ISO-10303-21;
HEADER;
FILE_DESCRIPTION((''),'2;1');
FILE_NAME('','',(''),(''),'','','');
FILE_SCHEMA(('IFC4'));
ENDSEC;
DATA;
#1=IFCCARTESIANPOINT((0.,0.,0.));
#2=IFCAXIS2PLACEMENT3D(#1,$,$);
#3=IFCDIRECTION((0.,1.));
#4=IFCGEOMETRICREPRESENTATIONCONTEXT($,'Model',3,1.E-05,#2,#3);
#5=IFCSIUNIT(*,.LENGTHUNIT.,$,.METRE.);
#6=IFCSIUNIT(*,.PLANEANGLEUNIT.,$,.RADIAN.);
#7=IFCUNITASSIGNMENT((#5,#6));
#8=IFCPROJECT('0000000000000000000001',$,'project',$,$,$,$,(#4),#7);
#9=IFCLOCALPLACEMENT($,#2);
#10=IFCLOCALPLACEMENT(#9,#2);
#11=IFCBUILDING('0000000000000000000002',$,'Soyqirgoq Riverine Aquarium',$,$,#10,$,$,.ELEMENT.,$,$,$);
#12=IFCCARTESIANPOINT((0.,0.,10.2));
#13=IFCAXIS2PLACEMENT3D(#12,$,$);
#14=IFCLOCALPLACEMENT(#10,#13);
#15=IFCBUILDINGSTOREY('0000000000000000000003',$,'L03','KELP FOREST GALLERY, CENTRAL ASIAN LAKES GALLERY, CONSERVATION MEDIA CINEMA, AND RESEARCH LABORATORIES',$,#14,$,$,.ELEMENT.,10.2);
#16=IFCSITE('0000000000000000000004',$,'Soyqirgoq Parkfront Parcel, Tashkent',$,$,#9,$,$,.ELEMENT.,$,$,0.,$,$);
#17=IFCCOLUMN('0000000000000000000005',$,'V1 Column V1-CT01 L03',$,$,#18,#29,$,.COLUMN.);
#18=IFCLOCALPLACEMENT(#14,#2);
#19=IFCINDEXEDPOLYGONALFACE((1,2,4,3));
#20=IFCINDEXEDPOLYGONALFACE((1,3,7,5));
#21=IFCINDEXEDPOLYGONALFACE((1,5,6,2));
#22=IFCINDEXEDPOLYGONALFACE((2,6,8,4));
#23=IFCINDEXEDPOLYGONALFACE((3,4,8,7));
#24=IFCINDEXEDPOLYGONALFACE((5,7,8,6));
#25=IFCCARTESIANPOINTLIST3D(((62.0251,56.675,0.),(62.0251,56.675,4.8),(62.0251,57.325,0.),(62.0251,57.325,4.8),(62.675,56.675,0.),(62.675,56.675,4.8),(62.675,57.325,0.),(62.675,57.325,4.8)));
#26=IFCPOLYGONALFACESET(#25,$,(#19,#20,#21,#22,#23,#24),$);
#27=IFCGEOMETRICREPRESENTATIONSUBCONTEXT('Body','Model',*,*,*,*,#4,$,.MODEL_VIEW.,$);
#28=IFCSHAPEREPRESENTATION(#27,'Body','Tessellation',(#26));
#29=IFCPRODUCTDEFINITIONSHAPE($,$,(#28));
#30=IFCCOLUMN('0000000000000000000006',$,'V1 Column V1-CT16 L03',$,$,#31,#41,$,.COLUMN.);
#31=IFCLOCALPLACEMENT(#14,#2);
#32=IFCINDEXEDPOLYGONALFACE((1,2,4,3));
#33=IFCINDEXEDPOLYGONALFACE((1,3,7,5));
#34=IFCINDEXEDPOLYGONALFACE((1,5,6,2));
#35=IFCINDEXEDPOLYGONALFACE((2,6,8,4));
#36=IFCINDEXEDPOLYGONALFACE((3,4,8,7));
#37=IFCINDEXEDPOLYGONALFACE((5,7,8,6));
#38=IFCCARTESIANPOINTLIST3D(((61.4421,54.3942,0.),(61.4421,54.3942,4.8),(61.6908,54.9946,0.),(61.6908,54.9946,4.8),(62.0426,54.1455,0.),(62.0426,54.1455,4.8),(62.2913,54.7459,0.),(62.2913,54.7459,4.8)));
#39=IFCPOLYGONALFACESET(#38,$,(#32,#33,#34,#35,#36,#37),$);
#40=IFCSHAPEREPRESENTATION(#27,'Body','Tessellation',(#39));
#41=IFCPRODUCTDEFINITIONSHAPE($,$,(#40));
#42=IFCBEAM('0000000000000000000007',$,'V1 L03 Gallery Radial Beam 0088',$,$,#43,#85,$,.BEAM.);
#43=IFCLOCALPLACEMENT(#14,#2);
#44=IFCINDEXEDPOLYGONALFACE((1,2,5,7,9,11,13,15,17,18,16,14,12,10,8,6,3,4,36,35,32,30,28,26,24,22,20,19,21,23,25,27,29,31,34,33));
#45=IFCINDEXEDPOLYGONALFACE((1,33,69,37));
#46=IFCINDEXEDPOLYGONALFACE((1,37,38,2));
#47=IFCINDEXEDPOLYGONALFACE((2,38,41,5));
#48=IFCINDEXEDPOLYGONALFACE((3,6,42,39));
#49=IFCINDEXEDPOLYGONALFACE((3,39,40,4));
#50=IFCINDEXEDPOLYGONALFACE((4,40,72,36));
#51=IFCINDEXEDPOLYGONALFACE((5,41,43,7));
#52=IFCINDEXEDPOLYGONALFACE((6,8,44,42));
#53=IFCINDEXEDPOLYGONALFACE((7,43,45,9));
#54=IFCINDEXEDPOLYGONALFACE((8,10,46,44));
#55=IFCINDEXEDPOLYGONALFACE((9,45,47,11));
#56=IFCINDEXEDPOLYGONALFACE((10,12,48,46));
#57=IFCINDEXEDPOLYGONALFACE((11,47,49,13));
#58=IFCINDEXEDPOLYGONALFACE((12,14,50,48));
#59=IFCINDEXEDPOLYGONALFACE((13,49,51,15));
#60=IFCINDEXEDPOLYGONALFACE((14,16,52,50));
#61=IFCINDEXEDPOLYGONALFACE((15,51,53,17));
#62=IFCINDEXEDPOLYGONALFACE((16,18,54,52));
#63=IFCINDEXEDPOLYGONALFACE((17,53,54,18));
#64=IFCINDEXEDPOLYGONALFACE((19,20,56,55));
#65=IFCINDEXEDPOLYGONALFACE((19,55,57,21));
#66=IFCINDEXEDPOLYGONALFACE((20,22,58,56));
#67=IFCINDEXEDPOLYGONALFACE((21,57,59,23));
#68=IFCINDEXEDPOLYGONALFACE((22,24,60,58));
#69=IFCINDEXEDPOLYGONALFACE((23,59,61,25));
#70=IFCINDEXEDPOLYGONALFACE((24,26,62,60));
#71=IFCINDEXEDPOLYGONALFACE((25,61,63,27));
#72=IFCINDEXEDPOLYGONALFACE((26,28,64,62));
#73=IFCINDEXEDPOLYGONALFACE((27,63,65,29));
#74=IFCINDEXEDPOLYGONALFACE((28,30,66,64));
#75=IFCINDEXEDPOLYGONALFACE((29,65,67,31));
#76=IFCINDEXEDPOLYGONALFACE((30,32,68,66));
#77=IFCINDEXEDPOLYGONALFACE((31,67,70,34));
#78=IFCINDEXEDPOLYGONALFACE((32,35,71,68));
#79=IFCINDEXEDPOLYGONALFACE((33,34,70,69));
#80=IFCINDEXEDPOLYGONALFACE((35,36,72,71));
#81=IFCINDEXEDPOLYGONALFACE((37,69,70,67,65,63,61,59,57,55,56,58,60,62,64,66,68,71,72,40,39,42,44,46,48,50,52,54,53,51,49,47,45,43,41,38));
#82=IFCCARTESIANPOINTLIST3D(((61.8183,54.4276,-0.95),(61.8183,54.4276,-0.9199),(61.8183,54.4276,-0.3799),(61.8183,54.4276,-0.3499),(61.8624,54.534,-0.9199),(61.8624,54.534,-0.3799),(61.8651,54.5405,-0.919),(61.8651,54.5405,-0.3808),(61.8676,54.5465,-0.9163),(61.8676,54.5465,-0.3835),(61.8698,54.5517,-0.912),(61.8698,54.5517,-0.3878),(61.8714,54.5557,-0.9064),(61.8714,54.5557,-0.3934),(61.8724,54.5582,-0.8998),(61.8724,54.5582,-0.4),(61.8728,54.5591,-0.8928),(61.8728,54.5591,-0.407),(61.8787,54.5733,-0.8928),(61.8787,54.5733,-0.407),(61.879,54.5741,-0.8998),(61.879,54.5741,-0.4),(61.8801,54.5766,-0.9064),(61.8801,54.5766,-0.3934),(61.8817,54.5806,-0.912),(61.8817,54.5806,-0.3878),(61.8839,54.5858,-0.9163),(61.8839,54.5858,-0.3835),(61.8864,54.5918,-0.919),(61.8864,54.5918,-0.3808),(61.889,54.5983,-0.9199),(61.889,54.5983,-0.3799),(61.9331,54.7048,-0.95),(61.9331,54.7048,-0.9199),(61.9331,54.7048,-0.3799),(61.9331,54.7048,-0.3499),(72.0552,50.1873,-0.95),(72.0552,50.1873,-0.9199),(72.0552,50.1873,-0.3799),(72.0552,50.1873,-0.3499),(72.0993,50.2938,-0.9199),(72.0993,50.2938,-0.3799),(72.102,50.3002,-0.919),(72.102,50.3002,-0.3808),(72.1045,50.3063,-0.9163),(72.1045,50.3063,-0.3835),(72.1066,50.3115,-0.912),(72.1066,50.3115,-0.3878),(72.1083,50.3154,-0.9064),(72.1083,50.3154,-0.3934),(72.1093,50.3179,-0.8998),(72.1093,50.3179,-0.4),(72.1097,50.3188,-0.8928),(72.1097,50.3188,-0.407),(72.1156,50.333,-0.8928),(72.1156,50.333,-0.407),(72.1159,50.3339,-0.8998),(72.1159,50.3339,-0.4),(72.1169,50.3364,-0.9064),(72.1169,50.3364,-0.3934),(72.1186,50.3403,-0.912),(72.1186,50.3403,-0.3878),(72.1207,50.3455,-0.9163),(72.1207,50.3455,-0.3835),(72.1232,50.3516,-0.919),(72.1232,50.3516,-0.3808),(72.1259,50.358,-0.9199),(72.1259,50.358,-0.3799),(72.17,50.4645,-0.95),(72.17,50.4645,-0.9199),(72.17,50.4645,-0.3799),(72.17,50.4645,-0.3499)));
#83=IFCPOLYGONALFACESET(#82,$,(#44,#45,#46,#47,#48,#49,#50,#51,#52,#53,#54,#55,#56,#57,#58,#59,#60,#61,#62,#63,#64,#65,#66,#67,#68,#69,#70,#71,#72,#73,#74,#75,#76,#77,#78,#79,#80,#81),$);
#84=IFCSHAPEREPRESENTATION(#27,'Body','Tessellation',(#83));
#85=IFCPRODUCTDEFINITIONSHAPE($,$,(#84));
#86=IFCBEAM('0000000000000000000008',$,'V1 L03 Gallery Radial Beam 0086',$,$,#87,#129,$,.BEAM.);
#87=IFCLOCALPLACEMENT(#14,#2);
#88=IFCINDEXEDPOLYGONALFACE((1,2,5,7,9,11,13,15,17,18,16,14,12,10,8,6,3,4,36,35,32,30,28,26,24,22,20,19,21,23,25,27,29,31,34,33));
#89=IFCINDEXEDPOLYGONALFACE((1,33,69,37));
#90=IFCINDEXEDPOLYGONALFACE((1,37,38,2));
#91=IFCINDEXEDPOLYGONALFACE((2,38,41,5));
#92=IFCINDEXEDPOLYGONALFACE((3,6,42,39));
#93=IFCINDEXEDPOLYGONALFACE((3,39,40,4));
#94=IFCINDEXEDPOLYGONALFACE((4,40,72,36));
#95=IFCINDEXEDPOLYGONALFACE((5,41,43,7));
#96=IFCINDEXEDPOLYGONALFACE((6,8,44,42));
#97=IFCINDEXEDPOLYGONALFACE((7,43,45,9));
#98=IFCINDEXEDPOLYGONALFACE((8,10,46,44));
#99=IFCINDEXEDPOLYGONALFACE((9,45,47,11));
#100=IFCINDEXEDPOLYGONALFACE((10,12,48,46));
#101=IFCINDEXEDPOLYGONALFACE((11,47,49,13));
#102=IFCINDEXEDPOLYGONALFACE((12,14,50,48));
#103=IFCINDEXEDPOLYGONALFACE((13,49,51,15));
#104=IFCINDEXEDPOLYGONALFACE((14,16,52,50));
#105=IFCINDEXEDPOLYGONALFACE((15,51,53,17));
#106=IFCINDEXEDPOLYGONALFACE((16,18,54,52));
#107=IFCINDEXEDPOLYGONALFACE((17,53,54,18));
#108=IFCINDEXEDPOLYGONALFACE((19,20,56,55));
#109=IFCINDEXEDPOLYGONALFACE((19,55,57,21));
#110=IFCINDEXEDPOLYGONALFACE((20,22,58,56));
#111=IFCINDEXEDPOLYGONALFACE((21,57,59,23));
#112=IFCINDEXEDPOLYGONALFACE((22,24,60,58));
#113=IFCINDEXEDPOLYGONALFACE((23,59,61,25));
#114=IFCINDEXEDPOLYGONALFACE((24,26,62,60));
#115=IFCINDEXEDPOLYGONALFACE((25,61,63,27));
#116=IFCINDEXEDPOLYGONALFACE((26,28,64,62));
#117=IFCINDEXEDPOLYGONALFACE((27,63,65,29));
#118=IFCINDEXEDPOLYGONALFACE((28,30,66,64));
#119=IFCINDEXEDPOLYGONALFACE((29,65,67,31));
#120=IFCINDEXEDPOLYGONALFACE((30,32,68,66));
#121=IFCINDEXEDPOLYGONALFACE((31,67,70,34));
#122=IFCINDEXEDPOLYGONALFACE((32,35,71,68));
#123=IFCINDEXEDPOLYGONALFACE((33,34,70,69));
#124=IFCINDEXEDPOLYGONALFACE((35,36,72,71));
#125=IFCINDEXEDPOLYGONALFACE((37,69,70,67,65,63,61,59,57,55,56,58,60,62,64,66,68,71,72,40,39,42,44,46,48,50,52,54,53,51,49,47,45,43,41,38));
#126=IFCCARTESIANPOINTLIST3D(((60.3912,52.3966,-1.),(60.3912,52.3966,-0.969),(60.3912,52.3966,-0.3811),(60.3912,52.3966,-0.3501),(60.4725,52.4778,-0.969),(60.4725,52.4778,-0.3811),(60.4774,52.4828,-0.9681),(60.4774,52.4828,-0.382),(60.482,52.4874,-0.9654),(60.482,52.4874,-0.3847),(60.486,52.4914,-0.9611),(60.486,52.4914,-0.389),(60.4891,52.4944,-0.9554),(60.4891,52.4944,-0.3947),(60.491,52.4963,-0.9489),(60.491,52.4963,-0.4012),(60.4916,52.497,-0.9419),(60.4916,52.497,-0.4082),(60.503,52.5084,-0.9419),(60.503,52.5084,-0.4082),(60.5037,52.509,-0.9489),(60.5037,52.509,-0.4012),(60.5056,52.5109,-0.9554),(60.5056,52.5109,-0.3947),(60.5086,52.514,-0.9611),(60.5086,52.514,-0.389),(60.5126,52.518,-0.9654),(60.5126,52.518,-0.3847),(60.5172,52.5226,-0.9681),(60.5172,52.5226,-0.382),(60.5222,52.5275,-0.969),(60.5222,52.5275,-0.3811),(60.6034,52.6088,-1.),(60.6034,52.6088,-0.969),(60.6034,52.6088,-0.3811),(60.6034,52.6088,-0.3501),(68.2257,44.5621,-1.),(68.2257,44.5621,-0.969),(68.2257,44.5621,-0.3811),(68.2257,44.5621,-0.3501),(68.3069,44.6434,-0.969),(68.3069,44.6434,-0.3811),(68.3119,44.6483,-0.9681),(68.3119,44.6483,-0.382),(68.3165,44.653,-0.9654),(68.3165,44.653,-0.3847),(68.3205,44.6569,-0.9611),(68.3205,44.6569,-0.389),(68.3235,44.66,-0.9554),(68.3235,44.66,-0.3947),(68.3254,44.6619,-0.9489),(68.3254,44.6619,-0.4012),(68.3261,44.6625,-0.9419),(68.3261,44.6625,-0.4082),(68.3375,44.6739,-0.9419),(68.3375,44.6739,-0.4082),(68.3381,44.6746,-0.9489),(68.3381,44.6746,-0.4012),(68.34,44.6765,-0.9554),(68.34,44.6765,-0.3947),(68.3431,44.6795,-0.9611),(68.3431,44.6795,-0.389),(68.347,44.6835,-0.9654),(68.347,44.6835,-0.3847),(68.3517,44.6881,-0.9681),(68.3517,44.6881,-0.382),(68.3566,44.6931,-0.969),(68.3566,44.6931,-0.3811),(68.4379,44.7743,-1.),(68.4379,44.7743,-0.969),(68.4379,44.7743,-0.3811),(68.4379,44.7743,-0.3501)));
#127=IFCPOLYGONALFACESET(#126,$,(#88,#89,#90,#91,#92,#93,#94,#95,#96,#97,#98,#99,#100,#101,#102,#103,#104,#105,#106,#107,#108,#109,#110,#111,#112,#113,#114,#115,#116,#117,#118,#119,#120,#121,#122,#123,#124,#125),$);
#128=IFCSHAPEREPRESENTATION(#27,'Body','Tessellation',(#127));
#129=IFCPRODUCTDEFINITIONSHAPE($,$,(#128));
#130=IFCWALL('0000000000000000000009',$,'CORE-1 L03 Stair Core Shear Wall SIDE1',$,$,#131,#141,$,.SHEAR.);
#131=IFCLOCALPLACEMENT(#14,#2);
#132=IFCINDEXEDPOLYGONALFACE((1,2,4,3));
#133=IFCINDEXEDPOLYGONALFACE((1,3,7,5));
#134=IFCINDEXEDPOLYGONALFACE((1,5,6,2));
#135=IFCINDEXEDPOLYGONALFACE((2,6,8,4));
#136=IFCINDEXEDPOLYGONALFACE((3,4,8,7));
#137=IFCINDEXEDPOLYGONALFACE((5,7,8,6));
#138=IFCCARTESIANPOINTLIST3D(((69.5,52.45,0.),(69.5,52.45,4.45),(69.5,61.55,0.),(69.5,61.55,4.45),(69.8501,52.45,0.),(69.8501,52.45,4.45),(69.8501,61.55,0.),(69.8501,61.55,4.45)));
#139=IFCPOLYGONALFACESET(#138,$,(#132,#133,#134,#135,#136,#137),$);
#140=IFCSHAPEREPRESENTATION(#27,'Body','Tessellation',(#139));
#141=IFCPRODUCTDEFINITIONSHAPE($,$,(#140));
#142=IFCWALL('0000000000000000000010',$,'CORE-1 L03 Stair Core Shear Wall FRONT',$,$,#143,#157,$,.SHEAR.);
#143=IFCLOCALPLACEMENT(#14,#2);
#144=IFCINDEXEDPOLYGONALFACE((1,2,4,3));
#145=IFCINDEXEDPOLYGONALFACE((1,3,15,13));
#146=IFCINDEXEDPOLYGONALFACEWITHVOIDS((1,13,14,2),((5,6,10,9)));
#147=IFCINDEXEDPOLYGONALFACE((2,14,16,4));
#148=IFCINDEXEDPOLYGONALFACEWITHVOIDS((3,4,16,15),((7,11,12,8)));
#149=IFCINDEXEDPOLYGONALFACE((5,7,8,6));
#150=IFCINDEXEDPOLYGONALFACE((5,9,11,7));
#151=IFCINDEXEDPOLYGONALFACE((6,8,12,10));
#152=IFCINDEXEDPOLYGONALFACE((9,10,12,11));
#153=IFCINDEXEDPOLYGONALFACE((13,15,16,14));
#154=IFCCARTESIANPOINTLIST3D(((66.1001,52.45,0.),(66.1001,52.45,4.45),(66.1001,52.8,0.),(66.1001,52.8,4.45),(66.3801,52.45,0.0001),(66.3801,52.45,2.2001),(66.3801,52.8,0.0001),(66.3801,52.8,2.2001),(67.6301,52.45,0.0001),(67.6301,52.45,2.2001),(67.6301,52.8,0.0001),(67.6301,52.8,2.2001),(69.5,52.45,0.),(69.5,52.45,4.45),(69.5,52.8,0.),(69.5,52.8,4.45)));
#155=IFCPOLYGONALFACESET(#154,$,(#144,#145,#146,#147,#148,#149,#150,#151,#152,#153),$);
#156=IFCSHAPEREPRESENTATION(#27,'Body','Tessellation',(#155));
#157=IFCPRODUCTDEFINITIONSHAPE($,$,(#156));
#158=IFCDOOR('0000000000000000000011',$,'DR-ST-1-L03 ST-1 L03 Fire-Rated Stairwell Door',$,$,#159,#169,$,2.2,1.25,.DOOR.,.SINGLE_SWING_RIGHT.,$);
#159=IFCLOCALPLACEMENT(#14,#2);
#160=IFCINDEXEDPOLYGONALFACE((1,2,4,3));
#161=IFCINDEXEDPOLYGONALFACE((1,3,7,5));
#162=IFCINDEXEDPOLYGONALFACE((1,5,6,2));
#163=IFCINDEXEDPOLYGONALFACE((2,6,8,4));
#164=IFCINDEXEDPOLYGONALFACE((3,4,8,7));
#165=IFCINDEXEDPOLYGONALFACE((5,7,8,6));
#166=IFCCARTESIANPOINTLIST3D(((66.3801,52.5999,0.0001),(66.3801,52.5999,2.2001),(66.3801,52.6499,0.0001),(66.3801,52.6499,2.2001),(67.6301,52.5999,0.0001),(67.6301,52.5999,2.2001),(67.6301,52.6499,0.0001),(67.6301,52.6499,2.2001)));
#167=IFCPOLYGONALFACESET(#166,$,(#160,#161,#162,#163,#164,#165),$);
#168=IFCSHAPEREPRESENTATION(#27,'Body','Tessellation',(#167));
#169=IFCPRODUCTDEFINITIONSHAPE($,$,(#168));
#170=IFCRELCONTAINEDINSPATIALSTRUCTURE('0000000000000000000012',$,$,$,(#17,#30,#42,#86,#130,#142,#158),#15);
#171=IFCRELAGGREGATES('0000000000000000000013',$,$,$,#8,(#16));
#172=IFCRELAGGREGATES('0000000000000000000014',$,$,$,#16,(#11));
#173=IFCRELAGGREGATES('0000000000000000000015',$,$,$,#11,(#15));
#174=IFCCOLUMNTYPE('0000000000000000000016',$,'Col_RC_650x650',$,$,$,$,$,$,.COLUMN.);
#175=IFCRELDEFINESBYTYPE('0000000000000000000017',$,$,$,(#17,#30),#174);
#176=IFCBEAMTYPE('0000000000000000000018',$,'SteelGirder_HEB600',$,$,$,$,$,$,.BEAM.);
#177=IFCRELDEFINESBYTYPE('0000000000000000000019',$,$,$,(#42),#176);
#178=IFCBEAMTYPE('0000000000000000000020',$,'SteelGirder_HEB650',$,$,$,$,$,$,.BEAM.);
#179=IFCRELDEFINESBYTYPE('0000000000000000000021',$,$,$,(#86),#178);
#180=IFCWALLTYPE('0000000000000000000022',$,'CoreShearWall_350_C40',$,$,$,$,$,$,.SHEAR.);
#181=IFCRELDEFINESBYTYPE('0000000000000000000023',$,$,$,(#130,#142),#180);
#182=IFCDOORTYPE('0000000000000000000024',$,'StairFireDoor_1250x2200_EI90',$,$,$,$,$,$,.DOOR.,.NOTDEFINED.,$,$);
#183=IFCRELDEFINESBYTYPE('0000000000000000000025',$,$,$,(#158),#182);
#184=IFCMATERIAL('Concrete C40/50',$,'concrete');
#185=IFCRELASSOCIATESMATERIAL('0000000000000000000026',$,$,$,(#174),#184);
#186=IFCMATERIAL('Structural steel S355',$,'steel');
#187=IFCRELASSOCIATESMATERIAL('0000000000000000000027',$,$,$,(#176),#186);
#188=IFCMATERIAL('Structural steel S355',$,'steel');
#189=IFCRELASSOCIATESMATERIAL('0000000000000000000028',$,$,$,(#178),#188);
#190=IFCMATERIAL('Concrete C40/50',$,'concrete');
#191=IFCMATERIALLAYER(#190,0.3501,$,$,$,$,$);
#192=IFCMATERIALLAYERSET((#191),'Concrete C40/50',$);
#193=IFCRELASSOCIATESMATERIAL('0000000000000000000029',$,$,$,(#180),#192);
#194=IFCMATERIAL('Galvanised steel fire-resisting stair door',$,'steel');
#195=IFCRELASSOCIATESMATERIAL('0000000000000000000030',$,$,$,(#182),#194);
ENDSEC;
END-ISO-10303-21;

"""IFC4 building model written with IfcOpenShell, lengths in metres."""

from ifc_helpers import new_model, si_unit, direction, frame, frame_2d, origin, origin_2d, place, context, subcontext, project, spatial, rectangle, i_section, extrude, material, layer, layer_set, material_profile, profile_set, type_object, element, fill, save


model = new_model("IFC4")

# Units and contexts
model_context = context("Model", 3, precision=1e-05, world=origin(), true_north=direction((0.0, 1.0)))
body_context = subcontext(model_context, "Body", "Model", "MODEL_VIEW")
ifc_project = project(units=[si_unit("LENGTHUNIT", "METRE"), si_unit("PLANEANGLEUNIT", "RADIAN")], contexts=[model_context])

# Site, building, storey
site_placement = place(None, origin())
site = spatial("IfcSite", under=ifc_project, at=site_placement, Name="Soyqirgoq Parkfront Parcel, Tashkent", CompositionType="ELEMENT", RefElevation=0.0)
building_placement = place(site_placement, origin())
building = spatial("IfcBuilding", under=site, at=building_placement, Name="Soyqirgoq Riverine Aquarium", CompositionType="ELEMENT")
storey_placement = place(building_placement, frame((0.0, 0.0, 10.2)))
storey = spatial("IfcBuildingStorey", under=building, at=storey_placement, Name="L03", Description="KELP FOREST GALLERY, CENTRAL ASIAN LAKES GALLERY, CONSERVATION MEDIA CINEMA, AND RESEARCH LABORATORIES", CompositionType="ELEMENT", Elevation=10.2)

# Columns
ifc_material_1 = material(Name="Concrete C40/50", Category="concrete")
ifc_material_profile_1 = material_profile(ifc_material_1, rectangle(XDim=0.6499, YDim=0.6499, at=origin_2d()), Name="RC 650x650")
ifc_profile_set_1 = profile_set([ifc_material_profile_1], Name="Concrete C40/50")
column_type = type_object("IfcColumnType", Name="Col_RC_650x650", PredefinedType="COLUMN", material=ifc_profile_set_1)
for number, where, z_axis, x_axis, name in (
    (1, (62.3501, 57.0, 0.0), (0.0, 0.0, 1.0), (1.0, 0.0, 0.0), "V1 Column V1-CT01 L03"),
    (2, (61.8667, 54.5701, 0.0), (0.0, 0.0, 1.0), (0.92388, -0.382683, 0.0), "V1 Column V1-CT16 L03"),
):
    element("IfcColumn", number, at=place(storey_placement, frame(where, z_axis=z_axis, x_axis=x_axis)), inside=storey, type_object=column_type, Name=name, PredefinedType="COLUMN", context=body_context, shape_type="SweptSolid", body=[
        extrude(rectangle(XDim=0.6499, YDim=0.6499, at=origin_2d()), origin(), (0.0, 0.0, 1.0), 4.8),
    ])

# Beams
ifc_material_2 = material(Name="Structural steel S355", Category="steel")
ifc_material_profile_2 = material_profile(ifc_material_2, i_section(OverallWidth=0.3, OverallDepth=0.6001, WebThickness=0.0154, FlangeThickness=0.03, FilletRadius=0.0271, at=origin_2d()), Name="HEB 600")
ifc_profile_set_2 = profile_set([ifc_material_profile_2], Name="Structural steel S355")
beam_type_1 = type_object("IfcBeamType", Name="SteelGirder_HEB600", PredefinedType="BEAM", material=ifc_profile_set_2)
beam_1_placement = place(storey_placement, frame((61.8757, 54.5662, -0.6499), z_axis=(0.923879, -0.382684, 0.0), x_axis=(0.382684, 0.923879, 0.0)))
element("IfcBeam", 3, at=beam_1_placement, inside=storey, type_object=beam_type_1, Name="V1 L03 Gallery Radial Beam 0088", PredefinedType="BEAM", context=body_context, shape_type="SweptSolid", body=[
    extrude(i_section(OverallWidth=0.3, OverallDepth=0.6001, WebThickness=0.0154, FlangeThickness=0.03, FilletRadius=0.0271, at=origin_2d()), origin(), (0.0, 0.0, 1.0), 11.0803),
])
ifc_material_3 = material(Name="Structural steel S355", Category="steel")
ifc_material_profile_3 = material_profile(ifc_material_3, i_section(OverallWidth=0.3, OverallDepth=0.6499, WebThickness=0.0161, FlangeThickness=0.031, FilletRadius=0.0271, at=origin_2d()), Name="HEB 650")
ifc_profile_set_3 = profile_set([ifc_material_profile_3], Name="Structural steel S355")
beam_type_2 = type_object("IfcBeamType", Name="SteelGirder_HEB650", PredefinedType="BEAM", material=ifc_profile_set_3)
beam_2_placement = place(storey_placement, frame((60.4973, 52.5027, -0.675), z_axis=(0.707107, -0.707107, 0.0), x_axis=(0.707107, 0.707107, 0.0)))
element("IfcBeam", 4, at=beam_2_placement, inside=storey, type_object=beam_type_2, Name="V1 L03 Gallery Radial Beam 0086", PredefinedType="BEAM", context=body_context, shape_type="SweptSolid", body=[
    extrude(i_section(OverallWidth=0.3, OverallDepth=0.6499, WebThickness=0.0161, FlangeThickness=0.031, FilletRadius=0.0271, at=origin_2d()), origin(), (0.0, 0.0, 1.0), 11.0796),
])

# Wall
ifc_material_4 = material(Name="Concrete C40/50", Category="concrete")
ifc_layer_1 = layer(ifc_material_4, 0.3501)
ifc_layer_set_1 = layer_set([ifc_layer_1], Name="Concrete C40/50")
wall_type_1 = type_object("IfcWallType", Name="CoreShearWall_350_C40", PredefinedType="SHEAR", material=ifc_layer_set_1)
wall_1_placement = place(storey_placement, frame((69.675, 52.45, 0.0), z_axis=(0.0, 0.0, 1.0), x_axis=(0.0, 1.0, 0.0)))
element("IfcWall", 5, at=wall_1_placement, inside=storey, type_object=wall_type_1, Name="CORE-1 L03 Stair Core Shear Wall SIDE1", PredefinedType="SHEAR", context=body_context, shape_type="SweptSolid", body=[
    extrude(rectangle(XDim=9.1001, YDim=0.3501, at=frame_2d((4.55, 0.0))), origin(), (0.0, 0.0, 1.0), 4.45),
])

# Wall, opening, door
wall_2_placement = place(storey_placement, frame((66.1001, 52.625, 0.0), z_axis=(0.0, 0.0, 1.0), x_axis=(1.0, 0.0, 0.0)))
wall_2 = element("IfcWall", 6, at=wall_2_placement, inside=storey, type_object=wall_type_1, Name="CORE-1 L03 Stair Core Shear Wall FRONT", PredefinedType="SHEAR", context=body_context, shape_type="SweptSolid", body=[
    extrude(rectangle(XDim=3.3999, YDim=0.3501, at=frame_2d((1.7, 0.0))), origin(), (0.0, 0.0, 1.0), 4.45),
])
opening_1_placement = place(wall_2_placement, frame((0.28, 0.0, 0.0)))
opening_1 = element("IfcOpeningElement", 7, at=opening_1_placement, cuts=wall_2, PredefinedType="OPENING", context=body_context, shape_type="SweptSolid", body=[
    extrude(rectangle(XDim=1.25, YDim=2.2, at=frame_2d((0.625, 1.1001))), frame((0.0, 0.1851, 0.0), z_axis=(0.0, -1.0, 0.0), x_axis=(1.0, 0.0, 0.0)), (0.0, 0.0, 1.0), 0.3701),
])
ifc_material_5 = material(Name="Galvanised steel fire-resisting stair door", Category="steel")
door_type_1 = type_object("IfcDoorType", Name="StairFireDoor_1250x2200_EI90", OperationType="NOTDEFINED", PredefinedType="DOOR", material=ifc_material_5)
door_1_placement = place(opening_1_placement, origin())
door_1 = element("IfcDoor", 8, at=door_1_placement, inside=storey, type_object=door_type_1, Name="DR-ST-1-L03 ST-1 L03 Fire-Rated Stairwell Door", OperationType="SINGLE_SWING_RIGHT", OverallHeight=2.2, OverallWidth=1.25, PredefinedType="DOOR", context=body_context, shape_type="SweptSolid", body=[
    extrude(rectangle(XDim=1.25, YDim=2.2, at=frame_2d((0.625, 1.1001))), frame((0.0, 0.0249, 0.0), z_axis=(0.0, -1.0, 0.0), x_axis=(1.0, 0.0, 0.0)), (0.0, 0.0, 1.0), 0.05),
])
fill(opening_1, door_1)

save(model, "model.ifc")
